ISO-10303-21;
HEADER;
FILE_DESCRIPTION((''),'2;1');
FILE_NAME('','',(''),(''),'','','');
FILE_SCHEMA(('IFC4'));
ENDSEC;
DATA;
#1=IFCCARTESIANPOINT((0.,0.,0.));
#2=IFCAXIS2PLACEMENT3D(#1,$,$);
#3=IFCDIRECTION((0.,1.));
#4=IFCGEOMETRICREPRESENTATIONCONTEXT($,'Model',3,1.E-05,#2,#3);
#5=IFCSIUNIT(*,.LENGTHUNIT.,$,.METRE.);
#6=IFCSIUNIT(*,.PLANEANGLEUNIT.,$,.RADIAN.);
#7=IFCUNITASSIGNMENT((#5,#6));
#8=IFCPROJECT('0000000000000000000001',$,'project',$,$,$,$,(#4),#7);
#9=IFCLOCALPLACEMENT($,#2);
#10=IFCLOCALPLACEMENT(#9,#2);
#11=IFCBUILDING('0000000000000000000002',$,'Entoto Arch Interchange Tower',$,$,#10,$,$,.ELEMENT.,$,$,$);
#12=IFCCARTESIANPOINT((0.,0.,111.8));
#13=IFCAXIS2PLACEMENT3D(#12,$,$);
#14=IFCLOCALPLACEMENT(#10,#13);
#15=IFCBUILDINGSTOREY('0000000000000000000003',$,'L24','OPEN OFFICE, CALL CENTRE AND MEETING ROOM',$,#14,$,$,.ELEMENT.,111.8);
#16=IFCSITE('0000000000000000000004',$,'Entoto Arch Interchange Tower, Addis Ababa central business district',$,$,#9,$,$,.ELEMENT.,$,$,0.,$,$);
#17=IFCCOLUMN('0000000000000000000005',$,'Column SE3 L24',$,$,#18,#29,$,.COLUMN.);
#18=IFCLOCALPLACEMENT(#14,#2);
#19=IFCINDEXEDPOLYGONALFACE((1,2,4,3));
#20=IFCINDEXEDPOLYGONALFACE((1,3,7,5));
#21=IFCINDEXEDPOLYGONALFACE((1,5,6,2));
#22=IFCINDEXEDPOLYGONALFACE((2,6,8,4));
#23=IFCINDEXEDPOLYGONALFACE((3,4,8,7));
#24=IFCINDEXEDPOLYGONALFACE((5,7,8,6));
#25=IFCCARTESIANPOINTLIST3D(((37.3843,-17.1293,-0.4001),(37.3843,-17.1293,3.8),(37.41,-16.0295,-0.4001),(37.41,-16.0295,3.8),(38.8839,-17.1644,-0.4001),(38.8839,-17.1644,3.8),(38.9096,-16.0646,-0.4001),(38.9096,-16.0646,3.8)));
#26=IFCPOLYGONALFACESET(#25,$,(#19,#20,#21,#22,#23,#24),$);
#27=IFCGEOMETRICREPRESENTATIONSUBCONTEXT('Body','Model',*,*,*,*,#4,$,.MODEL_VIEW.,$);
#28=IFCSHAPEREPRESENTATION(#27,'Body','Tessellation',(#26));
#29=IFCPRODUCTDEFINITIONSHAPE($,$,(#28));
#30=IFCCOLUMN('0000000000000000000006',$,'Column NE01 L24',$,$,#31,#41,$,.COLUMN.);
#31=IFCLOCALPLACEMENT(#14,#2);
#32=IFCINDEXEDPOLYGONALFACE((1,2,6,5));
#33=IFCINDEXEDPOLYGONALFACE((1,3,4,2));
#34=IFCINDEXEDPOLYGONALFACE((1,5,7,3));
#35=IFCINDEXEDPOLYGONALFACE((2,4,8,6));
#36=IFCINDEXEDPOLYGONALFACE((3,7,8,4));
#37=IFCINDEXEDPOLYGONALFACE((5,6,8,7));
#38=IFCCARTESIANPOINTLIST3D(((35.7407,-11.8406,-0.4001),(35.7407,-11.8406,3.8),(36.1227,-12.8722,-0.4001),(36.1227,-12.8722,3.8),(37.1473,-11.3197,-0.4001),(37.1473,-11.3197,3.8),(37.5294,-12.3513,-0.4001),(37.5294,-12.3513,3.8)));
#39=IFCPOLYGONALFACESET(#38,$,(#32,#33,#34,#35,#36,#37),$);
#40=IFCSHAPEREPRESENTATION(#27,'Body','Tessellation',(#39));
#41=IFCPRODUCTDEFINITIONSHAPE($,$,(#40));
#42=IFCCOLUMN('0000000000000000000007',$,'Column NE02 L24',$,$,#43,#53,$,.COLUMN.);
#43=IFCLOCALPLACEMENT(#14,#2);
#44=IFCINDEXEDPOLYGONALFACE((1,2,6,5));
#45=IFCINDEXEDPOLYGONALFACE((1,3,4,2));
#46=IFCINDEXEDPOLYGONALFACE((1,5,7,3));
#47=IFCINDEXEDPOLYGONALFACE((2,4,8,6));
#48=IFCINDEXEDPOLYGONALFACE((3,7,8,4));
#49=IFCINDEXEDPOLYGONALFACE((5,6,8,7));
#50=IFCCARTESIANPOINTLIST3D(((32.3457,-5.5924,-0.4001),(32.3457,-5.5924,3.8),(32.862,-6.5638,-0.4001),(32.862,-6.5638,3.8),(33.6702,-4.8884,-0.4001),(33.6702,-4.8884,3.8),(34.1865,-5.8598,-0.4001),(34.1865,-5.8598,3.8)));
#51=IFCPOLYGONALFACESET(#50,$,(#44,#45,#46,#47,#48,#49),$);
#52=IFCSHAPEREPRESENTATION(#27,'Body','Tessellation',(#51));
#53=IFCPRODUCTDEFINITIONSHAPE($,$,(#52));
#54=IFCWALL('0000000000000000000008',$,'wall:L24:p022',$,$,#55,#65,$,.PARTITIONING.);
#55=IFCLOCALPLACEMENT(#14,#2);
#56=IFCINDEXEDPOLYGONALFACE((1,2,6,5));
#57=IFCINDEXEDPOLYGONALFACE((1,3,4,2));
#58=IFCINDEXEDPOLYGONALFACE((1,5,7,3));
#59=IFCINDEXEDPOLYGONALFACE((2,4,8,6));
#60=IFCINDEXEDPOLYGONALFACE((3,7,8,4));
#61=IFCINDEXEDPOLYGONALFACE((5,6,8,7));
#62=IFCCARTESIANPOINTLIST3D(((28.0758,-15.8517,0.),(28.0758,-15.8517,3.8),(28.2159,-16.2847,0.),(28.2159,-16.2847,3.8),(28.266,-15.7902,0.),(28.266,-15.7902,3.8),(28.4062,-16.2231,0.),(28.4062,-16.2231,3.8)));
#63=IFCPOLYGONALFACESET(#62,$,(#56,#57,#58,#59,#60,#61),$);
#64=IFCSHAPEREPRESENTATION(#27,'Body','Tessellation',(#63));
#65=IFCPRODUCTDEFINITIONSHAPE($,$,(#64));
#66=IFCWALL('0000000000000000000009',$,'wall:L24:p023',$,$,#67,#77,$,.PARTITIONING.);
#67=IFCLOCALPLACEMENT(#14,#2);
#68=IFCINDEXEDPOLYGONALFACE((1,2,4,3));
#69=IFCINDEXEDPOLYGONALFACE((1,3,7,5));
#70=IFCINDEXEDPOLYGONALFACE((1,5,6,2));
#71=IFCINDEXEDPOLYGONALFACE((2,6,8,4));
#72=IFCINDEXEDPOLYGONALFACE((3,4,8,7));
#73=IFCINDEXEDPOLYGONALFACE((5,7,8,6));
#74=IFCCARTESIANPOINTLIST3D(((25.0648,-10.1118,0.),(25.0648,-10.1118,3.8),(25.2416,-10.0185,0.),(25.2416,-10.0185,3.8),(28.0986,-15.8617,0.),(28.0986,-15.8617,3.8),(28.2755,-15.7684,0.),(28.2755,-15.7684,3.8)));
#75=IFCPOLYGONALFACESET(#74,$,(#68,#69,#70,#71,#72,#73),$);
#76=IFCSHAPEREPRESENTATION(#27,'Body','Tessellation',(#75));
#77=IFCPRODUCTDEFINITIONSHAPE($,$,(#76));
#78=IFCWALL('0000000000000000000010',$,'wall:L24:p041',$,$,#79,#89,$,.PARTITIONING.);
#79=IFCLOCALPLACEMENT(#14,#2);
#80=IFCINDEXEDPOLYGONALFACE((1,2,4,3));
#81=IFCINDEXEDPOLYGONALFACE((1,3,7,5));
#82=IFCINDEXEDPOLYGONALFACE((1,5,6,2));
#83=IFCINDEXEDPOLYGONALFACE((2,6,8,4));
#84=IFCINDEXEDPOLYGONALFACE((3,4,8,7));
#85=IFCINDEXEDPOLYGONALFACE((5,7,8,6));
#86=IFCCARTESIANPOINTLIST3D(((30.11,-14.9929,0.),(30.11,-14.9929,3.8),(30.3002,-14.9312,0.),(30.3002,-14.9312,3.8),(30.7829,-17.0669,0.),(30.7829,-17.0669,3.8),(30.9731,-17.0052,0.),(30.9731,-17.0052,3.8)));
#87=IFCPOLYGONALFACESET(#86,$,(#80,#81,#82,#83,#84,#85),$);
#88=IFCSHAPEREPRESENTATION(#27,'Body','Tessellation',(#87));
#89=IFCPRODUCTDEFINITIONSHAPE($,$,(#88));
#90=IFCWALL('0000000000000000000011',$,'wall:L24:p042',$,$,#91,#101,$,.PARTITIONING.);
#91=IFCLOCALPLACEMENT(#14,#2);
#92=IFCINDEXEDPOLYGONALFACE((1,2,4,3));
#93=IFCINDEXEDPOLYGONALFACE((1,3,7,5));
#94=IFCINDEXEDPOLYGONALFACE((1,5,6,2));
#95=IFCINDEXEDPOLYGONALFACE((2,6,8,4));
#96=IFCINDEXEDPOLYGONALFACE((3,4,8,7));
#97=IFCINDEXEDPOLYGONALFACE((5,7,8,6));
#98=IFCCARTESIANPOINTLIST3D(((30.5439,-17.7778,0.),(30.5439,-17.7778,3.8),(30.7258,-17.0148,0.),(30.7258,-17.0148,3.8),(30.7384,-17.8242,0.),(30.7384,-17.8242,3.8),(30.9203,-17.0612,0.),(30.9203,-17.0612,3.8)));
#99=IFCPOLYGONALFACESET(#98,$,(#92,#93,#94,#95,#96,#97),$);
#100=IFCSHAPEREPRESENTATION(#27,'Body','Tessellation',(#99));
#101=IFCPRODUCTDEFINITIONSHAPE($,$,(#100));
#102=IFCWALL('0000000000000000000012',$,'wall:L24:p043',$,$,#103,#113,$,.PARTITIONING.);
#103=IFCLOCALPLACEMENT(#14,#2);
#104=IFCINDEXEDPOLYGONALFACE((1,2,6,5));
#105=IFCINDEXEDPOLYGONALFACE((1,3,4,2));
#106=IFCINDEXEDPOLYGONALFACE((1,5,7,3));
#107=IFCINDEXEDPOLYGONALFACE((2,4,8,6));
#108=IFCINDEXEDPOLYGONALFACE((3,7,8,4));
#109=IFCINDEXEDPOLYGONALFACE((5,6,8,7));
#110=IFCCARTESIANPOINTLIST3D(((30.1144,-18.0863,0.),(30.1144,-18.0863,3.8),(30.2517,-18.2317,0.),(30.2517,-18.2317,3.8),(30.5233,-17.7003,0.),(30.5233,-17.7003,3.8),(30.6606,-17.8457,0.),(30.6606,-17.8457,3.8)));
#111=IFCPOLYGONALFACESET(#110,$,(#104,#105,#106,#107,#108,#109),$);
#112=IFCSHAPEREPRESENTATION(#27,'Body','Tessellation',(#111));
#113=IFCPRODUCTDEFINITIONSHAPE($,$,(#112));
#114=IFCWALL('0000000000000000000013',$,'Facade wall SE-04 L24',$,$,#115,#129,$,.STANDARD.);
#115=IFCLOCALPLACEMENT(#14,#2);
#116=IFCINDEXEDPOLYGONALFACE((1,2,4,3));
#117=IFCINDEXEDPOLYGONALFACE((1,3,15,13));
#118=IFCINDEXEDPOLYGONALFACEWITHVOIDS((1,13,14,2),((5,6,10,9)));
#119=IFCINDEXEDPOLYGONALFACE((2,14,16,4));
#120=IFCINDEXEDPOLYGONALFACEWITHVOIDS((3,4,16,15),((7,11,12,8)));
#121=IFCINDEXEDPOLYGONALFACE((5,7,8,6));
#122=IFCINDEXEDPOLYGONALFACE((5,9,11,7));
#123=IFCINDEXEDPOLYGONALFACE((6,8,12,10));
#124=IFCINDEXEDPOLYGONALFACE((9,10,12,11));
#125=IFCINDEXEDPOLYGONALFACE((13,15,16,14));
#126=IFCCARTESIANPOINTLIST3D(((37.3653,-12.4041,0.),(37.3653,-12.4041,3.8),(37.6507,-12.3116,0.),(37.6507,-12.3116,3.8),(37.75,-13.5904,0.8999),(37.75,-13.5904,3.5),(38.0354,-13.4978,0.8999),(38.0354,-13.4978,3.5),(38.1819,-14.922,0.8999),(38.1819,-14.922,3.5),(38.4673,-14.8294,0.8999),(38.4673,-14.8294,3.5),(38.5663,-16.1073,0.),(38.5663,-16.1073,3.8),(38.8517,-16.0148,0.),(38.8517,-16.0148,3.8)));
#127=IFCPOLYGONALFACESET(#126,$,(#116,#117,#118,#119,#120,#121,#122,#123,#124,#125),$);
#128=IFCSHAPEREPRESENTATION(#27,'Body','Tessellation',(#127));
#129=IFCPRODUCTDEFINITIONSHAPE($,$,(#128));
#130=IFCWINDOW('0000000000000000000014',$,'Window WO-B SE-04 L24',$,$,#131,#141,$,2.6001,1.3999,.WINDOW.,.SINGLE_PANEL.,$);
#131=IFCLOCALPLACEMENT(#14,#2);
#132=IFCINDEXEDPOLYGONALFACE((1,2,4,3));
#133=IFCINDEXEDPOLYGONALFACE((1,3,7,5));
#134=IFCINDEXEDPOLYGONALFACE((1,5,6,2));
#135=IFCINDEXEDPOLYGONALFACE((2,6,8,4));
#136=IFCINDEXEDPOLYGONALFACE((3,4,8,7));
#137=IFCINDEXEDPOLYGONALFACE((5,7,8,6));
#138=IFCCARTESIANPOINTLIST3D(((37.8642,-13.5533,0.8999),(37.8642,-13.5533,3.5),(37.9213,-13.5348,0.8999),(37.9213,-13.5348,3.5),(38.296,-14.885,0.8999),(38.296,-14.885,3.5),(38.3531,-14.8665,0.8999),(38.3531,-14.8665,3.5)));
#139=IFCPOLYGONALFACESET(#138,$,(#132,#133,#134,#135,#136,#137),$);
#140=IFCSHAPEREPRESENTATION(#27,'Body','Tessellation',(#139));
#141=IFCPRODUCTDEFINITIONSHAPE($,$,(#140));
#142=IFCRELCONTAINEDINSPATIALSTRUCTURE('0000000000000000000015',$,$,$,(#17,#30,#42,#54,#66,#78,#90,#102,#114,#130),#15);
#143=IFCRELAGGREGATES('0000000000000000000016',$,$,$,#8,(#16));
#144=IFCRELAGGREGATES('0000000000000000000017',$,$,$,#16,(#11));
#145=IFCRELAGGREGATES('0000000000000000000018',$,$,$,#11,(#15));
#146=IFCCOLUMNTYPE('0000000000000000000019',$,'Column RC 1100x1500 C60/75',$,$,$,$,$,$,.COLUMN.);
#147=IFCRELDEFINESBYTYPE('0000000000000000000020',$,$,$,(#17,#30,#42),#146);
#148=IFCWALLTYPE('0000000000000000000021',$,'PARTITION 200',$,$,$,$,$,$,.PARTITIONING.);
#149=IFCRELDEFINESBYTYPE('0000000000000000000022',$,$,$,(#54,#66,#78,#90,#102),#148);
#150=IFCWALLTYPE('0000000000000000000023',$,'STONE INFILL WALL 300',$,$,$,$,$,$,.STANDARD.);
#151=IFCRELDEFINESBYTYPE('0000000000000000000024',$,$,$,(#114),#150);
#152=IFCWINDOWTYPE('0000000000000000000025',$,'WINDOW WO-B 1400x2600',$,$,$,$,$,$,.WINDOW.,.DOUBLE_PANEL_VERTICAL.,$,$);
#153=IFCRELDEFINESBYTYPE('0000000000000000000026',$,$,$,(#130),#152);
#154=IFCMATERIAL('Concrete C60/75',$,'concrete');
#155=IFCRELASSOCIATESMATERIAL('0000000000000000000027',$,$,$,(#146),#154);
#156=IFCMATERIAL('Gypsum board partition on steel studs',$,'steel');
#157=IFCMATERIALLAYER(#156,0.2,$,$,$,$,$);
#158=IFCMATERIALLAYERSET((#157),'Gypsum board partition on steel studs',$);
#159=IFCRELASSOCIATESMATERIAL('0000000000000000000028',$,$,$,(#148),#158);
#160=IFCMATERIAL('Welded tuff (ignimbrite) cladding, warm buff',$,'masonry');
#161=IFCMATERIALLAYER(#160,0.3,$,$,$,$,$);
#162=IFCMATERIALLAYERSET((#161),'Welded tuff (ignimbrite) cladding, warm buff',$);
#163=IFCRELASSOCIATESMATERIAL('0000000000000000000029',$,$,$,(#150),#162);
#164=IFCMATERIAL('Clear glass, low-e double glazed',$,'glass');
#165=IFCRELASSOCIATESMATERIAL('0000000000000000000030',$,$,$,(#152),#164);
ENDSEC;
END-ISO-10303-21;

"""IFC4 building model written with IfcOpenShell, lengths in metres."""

from ifc_helpers import new_model, si_unit, direction, frame, frame_2d, origin, origin_2d, place, context, subcontext, project, spatial, rectangle, extrude, material, layer, layer_set, material_profile, profile_set, type_object, element, fill, save


model = new_model("IFC4")

# Units and contexts
model_context = context("Model", 3, precision=1e-05, world=origin(), true_north=direction((0.0, 1.0)))
body_context = subcontext(model_context, "Body", "Model", "MODEL_VIEW")
ifc_project = project(units=[si_unit("LENGTHUNIT", "METRE"), si_unit("PLANEANGLEUNIT", "RADIAN")], contexts=[model_context])

# Site, building, storey
site_placement = place(None, origin())
site = spatial("IfcSite", under=ifc_project, at=site_placement, Name="Entoto Arch Interchange Tower, Addis Ababa central business district", CompositionType="ELEMENT", RefElevation=0.0)
building_placement = place(site_placement, origin())
building = spatial("IfcBuilding", under=site, at=building_placement, Name="Entoto Arch Interchange Tower", CompositionType="ELEMENT")
storey_placement = place(building_placement, frame((0.0, 0.0, 111.8)))
storey = spatial("IfcBuildingStorey", under=building, at=storey_placement, Name="L24", Description="OPEN OFFICE, CALL CENTRE AND MEETING ROOM", CompositionType="ELEMENT", Elevation=111.8)

# Columns
ifc_material_1 = material(Name="Concrete C60/75", Category="concrete")
ifc_material_profile = material_profile(ifc_material_1, rectangle(XDim=1.1001, YDim=1.5, at=origin_2d()))
ifc_profile_set = profile_set([ifc_material_profile], Name="Concrete C60/75")
column_type = type_object("IfcColumnType", Name="Column RC 1100x1500 C60/75", PredefinedType="COLUMN", material=ifc_profile_set)
for number, where, z_axis, x_axis, name in (
    (1, (38.147, -16.5969, -0.4001), (0.0, 0.0, 1.0), (0.023385, 0.999727, 0.0), "Column SE3 L24"),
    (2, (36.635, -12.0959, -0.4001), (0.0, 0.0, 1.0), (-0.347312, 0.93775, 0.0), "Column NE01 L24"),
    (3, (33.2661, -5.7261, -0.4001), (0.0, 0.0, 1.0), (-0.469333, 0.883021, 0.0), "Column NE02 L24"),
):
    element("IfcColumn", number, at=place(storey_placement, frame(where, z_axis=z_axis, x_axis=x_axis)), inside=storey, type_object=column_type, Name=name, PredefinedType="COLUMN", context=body_context, shape_type="SweptSolid", body=[
        extrude(rectangle(XDim=1.1001, YDim=1.5, at=origin_2d()), origin(), (0.0, 0.0, 1.0), 4.2002),
    ])

# Walls
ifc_material_2 = material(Name="Gypsum board partition on steel studs", Category="steel")
ifc_layer_1 = layer(ifc_material_2, 0.2)
ifc_layer_set_1 = layer_set([ifc_layer_1], Name="Gypsum board partition on steel studs")
wall_type_1 = type_object("IfcWallType", Name="PARTITION 200", PredefinedType="PARTITIONING", material=ifc_layer_set_1)
wall_1_placement = place(storey_placement, frame((28.311, -16.2539, 0.0), z_axis=(0.0, 0.0, 1.0), x_axis=(-0.308006, 0.951384, 0.0)))
element("IfcWall", 4, at=wall_1_placement, inside=storey, type_object=wall_type_1, Name="wall:L24:p022", PredefinedType="PARTITIONING", context=body_context, shape_type="SweptSolid", body=[
    extrude(rectangle(XDim=0.4551, YDim=0.2, at=frame_2d((0.2275, 0.0))), origin(), (0.0, 0.0, 1.0), 3.8),
])
wall_2_placement = place(storey_placement, frame((28.187, -15.8149, 0.0), z_axis=(0.0, 0.0, 1.0), x_axis=(-0.466664, 0.884435, 0.0)))
element("IfcWall", 5, at=wall_2_placement, inside=storey, type_object=wall_type_1, Name="wall:L24:p023", PredefinedType="PARTITIONING", context=body_context, shape_type="SweptSolid", body=[
    extrude(rectangle(XDim=6.5012, YDim=0.2, at=frame_2d((3.2505, 0.0))), origin(), (0.0, 0.0, 1.0), 3.8),
])
wall_3_placement = place(storey_placement, frame((30.2051, -14.9619, 0.0), z_axis=(0.0, 0.0, 1.0), x_axis=(0.308592, -0.951194, 0.0)))
element("IfcWall", 6, at=wall_3_placement, inside=storey, type_object=wall_type_1, Name="wall:L24:p041", PredefinedType="PARTITIONING", context=body_context, shape_type="SweptSolid", body=[
    extrude(rectangle(XDim=2.1804, YDim=0.2, at=frame_2d((1.0903, 0.0))), origin(), (0.0, 0.0, 1.0), 3.8),
])
wall_4_placement = place(storey_placement, frame((30.823, -17.0381, 0.0), z_axis=(0.0, 0.0, 1.0), x_axis=(-0.231901, -0.972739, 0.0)))
element("IfcWall", 7, at=wall_4_placement, inside=storey, type_object=wall_type_1, Name="wall:L24:p042", PredefinedType="PARTITIONING", context=body_context, shape_type="SweptSolid", body=[
    extrude(rectangle(XDim=0.7844, YDim=0.2, at=frame_2d((0.3921, 0.0))), origin(), (0.0, 0.0, 1.0), 3.8),
])
wall_5_placement = place(storey_placement, frame((30.592, -17.7729, 0.0), z_axis=(0.0, 0.0, 1.0), x_axis=(-0.727218, -0.686407, 0.0)))
element("IfcWall", 8, at=wall_5_placement, inside=storey, type_object=wall_type_1, Name="wall:L24:p043", PredefinedType="PARTITIONING", context=body_context, shape_type="SweptSolid", body=[
    extrude(rectangle(XDim=0.5623, YDim=0.2, at=frame_2d((0.2812, 0.0))), origin(), (0.0, 0.0, 1.0), 3.8),
])

# Wall, opening, window
ifc_material_3 = material(Name="Welded tuff (ignimbrite) cladding, warm buff", Category="masonry")
ifc_layer_2 = layer(ifc_material_3, 0.3)
ifc_layer_set_2 = layer_set([ifc_layer_2], Name="Welded tuff (ignimbrite) cladding, warm buff")
wall_type_2 = type_object("IfcWallType", Name="STONE INFILL WALL 300", PredefinedType="STANDARD", material=ifc_layer_set_2)
wall_6_placement = place(storey_placement, frame((38.709, -16.061, 0.0), z_axis=(0.0, 0.0, 1.0), x_axis=(-0.308485, 0.951229, 0.0)))
wall_6 = element("IfcWall", 9, at=wall_6_placement, inside=storey, type_object=wall_type_2, Name="Facade wall SE-04 L24", PredefinedType="STANDARD", context=body_context, shape_type="SweptSolid", body=[
    extrude(rectangle(XDim=3.8931, YDim=0.3, at=frame_2d((1.9465, 0.0))), origin(), (0.0, 0.0, 1.0), 3.8),
])
opening_1_placement = place(wall_6_placement, frame((1.2461, 0.0, 0.8999)))
opening_1 = element("IfcOpeningElement", 10, at=opening_1_placement, cuts=wall_6, PredefinedType="OPENING", context=body_context, shape_type="SweptSolid", body=[
    extrude(rectangle(XDim=1.3999, YDim=2.6001, at=frame_2d((0.7, 1.3))), frame((0.0, 0.1602, 0.0), z_axis=(0.0, -1.0, 0.0), x_axis=(1.0, 0.0, 0.0)), (0.0, 0.0, 1.0), 0.3201),
])
ifc_material_4 = material(Name="Clear glass, low-e double glazed", Category="glass")
window_type_1 = type_object("IfcWindowType", Name="WINDOW WO-B 1400x2600", PartitioningType="DOUBLE_PANEL_VERTICAL", PredefinedType="WINDOW", material=ifc_material_4)
window_1_placement = place(opening_1_placement, origin())
window_1 = element("IfcWindow", 11, at=window_1_placement, inside=storey, type_object=window_type_1, Name="Window WO-B SE-04 L24", OverallHeight=2.6001, OverallWidth=1.3999, PartitioningType="SINGLE_PANEL", PredefinedType="WINDOW", context=body_context, shape_type="SweptSolid", body=[
    extrude(rectangle(XDim=1.3999, YDim=2.6001, at=frame_2d((0.7, 1.3))), frame((0.0, 0.03, 0.0), z_axis=(0.0, -1.0, 0.0), x_axis=(1.0, 0.0, 0.0)), (0.0, 0.0, 1.0), 0.0601),
])
fill(opening_1, window_1)

save(model, "model.ifc")
